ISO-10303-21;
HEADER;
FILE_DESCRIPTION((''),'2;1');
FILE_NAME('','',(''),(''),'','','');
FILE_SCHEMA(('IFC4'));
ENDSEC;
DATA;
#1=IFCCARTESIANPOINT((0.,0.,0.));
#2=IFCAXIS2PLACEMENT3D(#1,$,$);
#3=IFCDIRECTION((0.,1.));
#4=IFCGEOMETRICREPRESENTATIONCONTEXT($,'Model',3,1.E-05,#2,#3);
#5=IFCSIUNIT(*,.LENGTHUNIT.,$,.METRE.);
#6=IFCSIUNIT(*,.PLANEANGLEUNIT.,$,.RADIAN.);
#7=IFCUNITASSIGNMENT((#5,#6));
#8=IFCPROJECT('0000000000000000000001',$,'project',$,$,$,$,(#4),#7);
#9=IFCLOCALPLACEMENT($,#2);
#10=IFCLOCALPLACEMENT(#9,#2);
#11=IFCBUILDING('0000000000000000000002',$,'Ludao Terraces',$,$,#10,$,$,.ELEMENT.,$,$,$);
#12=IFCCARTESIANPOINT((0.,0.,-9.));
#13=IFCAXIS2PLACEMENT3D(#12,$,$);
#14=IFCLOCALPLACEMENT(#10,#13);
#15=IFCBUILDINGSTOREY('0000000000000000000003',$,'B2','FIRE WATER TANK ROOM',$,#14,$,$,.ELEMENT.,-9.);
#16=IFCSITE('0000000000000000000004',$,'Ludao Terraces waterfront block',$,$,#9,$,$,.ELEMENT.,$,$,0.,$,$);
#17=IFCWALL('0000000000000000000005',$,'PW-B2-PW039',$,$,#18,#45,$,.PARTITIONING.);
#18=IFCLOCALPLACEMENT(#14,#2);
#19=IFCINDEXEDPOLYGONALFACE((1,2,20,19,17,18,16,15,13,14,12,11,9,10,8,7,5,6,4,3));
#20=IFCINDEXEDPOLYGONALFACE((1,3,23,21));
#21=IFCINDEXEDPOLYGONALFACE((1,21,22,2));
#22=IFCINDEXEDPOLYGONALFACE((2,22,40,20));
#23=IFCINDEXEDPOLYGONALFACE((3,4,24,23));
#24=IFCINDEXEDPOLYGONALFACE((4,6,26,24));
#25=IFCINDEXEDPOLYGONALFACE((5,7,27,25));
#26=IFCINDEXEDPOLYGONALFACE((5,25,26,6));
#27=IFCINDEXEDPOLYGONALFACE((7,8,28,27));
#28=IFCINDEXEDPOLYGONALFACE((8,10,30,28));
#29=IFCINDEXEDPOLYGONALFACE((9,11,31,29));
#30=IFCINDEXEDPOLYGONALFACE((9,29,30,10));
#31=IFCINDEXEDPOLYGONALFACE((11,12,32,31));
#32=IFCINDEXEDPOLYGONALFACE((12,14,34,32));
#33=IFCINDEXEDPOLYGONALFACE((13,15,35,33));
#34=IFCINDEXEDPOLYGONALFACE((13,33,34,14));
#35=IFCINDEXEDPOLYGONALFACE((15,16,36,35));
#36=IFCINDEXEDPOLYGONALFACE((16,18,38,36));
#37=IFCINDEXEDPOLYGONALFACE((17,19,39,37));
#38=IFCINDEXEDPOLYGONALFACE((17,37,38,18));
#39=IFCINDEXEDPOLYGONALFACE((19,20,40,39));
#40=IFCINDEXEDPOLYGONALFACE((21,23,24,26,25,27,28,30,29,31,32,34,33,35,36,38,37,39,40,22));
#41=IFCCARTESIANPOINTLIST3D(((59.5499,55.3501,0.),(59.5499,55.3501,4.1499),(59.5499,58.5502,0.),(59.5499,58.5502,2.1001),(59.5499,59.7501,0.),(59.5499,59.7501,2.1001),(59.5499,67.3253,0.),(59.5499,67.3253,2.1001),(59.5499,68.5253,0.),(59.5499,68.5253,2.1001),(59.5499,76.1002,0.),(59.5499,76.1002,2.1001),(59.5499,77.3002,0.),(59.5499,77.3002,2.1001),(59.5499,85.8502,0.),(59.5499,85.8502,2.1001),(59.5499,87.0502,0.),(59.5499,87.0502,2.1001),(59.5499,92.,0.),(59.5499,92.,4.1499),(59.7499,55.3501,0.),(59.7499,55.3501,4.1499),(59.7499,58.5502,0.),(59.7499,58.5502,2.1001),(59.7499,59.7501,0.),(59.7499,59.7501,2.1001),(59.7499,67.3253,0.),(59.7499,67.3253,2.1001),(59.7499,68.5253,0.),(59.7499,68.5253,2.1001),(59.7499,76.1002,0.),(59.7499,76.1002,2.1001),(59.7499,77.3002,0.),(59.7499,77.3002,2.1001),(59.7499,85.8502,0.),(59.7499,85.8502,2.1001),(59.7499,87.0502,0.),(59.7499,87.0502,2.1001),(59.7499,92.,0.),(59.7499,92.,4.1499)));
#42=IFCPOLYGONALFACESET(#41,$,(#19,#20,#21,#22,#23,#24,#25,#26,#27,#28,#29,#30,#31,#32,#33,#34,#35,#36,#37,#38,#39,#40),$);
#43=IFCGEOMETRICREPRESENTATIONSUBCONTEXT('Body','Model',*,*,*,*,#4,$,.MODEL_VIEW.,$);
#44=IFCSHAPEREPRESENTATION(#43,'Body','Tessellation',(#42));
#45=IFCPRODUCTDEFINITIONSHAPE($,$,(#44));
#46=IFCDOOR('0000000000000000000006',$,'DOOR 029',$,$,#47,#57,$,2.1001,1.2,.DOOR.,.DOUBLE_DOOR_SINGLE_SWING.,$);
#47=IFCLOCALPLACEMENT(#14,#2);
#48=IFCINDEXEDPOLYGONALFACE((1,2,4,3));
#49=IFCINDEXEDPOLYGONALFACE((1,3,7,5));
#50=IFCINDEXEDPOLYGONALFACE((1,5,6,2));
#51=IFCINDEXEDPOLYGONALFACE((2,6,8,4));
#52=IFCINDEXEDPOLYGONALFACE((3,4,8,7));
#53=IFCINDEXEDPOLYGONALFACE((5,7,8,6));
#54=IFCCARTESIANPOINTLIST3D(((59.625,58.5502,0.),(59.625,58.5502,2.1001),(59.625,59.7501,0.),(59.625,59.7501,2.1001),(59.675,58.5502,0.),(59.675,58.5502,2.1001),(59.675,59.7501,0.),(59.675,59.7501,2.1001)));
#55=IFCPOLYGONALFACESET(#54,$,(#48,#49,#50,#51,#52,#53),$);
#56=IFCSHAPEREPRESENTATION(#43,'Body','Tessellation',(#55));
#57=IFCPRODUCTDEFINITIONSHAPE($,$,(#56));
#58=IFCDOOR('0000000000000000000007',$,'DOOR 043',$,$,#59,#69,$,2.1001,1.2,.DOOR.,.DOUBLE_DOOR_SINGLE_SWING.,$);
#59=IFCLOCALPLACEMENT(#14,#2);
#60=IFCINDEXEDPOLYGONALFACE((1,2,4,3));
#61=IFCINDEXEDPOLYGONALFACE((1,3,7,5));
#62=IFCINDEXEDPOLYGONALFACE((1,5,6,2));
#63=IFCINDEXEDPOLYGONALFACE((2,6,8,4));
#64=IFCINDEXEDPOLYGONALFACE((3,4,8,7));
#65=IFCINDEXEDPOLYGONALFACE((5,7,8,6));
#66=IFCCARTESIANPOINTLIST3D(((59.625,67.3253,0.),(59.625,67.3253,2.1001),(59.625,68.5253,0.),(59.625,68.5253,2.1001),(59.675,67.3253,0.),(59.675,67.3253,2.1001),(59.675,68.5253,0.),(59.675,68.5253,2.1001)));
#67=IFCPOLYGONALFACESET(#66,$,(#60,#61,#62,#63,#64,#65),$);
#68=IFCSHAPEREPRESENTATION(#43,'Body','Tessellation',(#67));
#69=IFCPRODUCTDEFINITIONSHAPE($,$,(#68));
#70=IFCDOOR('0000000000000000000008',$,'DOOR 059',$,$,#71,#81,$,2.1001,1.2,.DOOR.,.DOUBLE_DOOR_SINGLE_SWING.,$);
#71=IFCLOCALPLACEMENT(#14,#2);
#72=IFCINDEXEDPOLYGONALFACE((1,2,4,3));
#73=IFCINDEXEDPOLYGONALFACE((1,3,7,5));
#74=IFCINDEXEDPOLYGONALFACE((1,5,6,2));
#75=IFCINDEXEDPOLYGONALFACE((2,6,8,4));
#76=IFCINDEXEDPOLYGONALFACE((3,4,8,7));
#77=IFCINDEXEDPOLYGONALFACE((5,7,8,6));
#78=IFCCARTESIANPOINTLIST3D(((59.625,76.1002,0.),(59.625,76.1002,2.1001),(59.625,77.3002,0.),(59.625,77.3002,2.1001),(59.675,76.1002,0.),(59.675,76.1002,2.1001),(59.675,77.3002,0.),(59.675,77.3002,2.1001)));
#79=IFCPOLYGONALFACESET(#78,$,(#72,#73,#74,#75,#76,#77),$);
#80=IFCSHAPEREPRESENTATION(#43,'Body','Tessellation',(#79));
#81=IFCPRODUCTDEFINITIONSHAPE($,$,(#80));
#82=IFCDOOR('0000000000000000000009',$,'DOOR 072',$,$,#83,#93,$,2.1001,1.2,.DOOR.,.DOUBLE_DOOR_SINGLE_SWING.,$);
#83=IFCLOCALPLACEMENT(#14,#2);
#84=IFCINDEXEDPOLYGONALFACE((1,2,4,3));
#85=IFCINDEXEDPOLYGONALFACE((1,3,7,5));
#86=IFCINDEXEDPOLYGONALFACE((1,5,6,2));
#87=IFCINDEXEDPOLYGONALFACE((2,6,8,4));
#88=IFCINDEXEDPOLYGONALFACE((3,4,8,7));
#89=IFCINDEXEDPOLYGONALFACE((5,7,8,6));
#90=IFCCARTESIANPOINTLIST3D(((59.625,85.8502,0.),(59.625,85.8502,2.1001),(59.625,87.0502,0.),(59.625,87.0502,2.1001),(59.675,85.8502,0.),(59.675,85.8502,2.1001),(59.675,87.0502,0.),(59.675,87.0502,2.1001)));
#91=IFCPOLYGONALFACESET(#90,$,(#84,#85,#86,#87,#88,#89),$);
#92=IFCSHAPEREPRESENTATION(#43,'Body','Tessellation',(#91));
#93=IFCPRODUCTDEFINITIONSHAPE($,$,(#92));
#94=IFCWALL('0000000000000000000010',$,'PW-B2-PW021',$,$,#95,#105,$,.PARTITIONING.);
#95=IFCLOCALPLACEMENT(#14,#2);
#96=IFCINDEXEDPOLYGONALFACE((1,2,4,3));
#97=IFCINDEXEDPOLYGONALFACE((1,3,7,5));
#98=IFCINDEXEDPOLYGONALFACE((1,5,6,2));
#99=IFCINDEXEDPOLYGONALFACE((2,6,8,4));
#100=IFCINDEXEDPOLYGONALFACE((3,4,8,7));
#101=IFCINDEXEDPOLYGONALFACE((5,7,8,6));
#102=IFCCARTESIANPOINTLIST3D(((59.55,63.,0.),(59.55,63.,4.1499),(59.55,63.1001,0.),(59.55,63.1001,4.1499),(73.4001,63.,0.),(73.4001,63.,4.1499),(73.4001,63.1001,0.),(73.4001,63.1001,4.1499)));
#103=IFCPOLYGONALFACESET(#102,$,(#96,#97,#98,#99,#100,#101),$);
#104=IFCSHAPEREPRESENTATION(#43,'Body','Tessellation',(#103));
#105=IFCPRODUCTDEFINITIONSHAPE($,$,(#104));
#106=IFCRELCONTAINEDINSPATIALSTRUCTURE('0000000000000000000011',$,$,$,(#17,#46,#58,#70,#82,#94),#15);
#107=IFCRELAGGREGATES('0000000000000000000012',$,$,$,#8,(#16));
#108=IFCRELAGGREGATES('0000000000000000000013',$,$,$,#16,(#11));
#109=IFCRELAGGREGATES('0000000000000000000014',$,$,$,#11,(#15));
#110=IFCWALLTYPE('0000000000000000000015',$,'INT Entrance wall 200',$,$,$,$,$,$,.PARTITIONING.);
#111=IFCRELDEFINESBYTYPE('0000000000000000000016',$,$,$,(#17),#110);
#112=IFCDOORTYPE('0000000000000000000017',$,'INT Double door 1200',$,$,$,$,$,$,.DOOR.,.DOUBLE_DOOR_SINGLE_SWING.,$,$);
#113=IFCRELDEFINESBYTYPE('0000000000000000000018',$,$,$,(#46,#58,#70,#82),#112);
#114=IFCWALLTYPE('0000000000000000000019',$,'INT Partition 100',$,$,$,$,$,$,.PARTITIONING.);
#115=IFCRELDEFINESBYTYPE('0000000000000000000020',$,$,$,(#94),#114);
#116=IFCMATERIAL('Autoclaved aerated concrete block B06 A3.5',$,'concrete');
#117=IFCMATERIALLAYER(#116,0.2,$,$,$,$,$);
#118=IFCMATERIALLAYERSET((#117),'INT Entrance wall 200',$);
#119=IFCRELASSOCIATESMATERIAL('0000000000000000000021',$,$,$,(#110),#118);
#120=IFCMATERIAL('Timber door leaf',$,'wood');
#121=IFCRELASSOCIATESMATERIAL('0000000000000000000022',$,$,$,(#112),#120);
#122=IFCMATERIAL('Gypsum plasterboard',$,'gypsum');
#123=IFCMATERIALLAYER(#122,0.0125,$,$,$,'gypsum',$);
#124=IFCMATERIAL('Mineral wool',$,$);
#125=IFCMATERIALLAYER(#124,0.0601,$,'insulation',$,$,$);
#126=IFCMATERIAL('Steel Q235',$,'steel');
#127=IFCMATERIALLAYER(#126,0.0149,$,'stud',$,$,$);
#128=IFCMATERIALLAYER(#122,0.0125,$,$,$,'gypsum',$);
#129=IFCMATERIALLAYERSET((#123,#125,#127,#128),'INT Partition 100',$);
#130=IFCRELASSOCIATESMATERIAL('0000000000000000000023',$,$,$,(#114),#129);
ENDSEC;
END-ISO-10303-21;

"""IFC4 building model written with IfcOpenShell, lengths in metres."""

from ifc_helpers import new_model, si_unit, direction, frame, frame_2d, origin, place, context, subcontext, project, spatial, rectangle, extrude, material, layer, layer_set, type_object, element, fill, save


model = new_model("IFC4")

# Units and contexts
model_context = context("Model", 3, precision=1e-05, world=origin(), true_north=direction((0.0, 1.0)))
body_context = subcontext(model_context, "Body", "Model", "MODEL_VIEW")
ifc_project = project(units=[si_unit("LENGTHUNIT", "METRE"), si_unit("PLANEANGLEUNIT", "RADIAN")], contexts=[model_context])

# Site, building, storey
site_placement = place(None, origin())
site = spatial("IfcSite", under=ifc_project, at=site_placement, Name="Ludao Terraces waterfront block", CompositionType="ELEMENT", RefElevation=0.0)
building_placement = place(site_placement, origin())
building = spatial("IfcBuilding", under=site, at=building_placement, Name="Ludao Terraces", CompositionType="ELEMENT")
storey_placement = place(building_placement, frame((0.0, 0.0, -9.0)))
storey = spatial("IfcBuildingStorey", under=building, at=storey_placement, Name="B2", Description="FIRE WATER TANK ROOM", CompositionType="ELEMENT", Elevation=-9.0)

# Shared definitions
ifc_material_1 = material(Name="Autoclaved aerated concrete block B06 A3.5", Category="concrete")
ifc_layer_1 = layer(ifc_material_1, 0.2)
ifc_layer_set_1 = layer_set([ifc_layer_1], Name="INT Entrance wall 200")
wall_type_1 = type_object("IfcWallType", Name="INT Entrance wall 200", PredefinedType="PARTITIONING", material=ifc_layer_set_1)

# Wall, openings, doors
wall_1_placement = place(storey_placement, frame((59.6499, 55.3501, 0.0), z_axis=(0.0, 0.0, 1.0), x_axis=(0.0, 1.0, 0.0)))
wall_1 = element("IfcWall", 1, at=wall_1_placement, inside=storey, type_object=wall_type_1, Name="PW-B2-PW039", PredefinedType="PARTITIONING", context=body_context, shape_type="SweptSolid", body=[
    extrude(rectangle(XDim=36.6499, YDim=0.2, at=frame_2d((18.325, 0.0))), origin(), (0.0, 0.0, 1.0), 4.1499),
])
opening_1_placement = place(wall_1_placement, frame((3.2, 0.0, 0.0)))
opening_1 = element("IfcOpeningElement", 2, at=opening_1_placement, cuts=wall_1, PredefinedType="OPENING", context=body_context, shape_type="SweptSolid", body=[
    extrude(rectangle(XDim=1.2, YDim=2.1001, at=frame_2d((0.6001, 1.05))), frame((0.0, 0.1099, 0.0), z_axis=(0.0, -1.0, 0.0), x_axis=(1.0, 0.0, 0.0)), (0.0, 0.0, 1.0), 0.22),
])
opening_2_placement = place(wall_1_placement, frame((11.9751, 0.0, 0.0)))
opening_2 = element("IfcOpeningElement", 3, at=opening_2_placement, cuts=wall_1, PredefinedType="OPENING", context=body_context, shape_type="SweptSolid", body=[
    extrude(rectangle(XDim=1.2, YDim=2.1001, at=frame_2d((0.6001, 1.05))), frame((0.0, 0.1099, 0.0), z_axis=(0.0, -1.0, 0.0), x_axis=(1.0, 0.0, 0.0)), (0.0, 0.0, 1.0), 0.22),
])
opening_3_placement = place(wall_1_placement, frame((20.75, 0.0, 0.0)))
opening_3 = element("IfcOpeningElement", 4, at=opening_3_placement, cuts=wall_1, PredefinedType="OPENING", context=body_context, shape_type="SweptSolid", body=[
    extrude(rectangle(XDim=1.2, YDim=2.1001, at=frame_2d((0.6001, 1.05))), frame((0.0, 0.1099, 0.0), z_axis=(0.0, -1.0, 0.0), x_axis=(1.0, 0.0, 0.0)), (0.0, 0.0, 1.0), 0.22),
])
opening_4_placement = place(wall_1_placement, frame((30.5, 0.0, 0.0)))
opening_4 = element("IfcOpeningElement", 5, at=opening_4_placement, cuts=wall_1, PredefinedType="OPENING", context=body_context, shape_type="SweptSolid", body=[
    extrude(rectangle(XDim=1.2, YDim=2.1001, at=frame_2d((0.6001, 1.05))), frame((0.0, 0.1099, 0.0), z_axis=(0.0, -1.0, 0.0), x_axis=(1.0, 0.0, 0.0)), (0.0, 0.0, 1.0), 0.22),
])
ifc_material_2 = material(Name="Timber door leaf", Category="wood")
door_type = type_object("IfcDoorType", Name="INT Double door 1200", OperationType="DOUBLE_DOOR_SINGLE_SWING", PredefinedType="DOOR", material=ifc_material_2)
door_1_placement = place(opening_1_placement, origin())
door_1 = element("IfcDoor", 6, at=door_1_placement, inside=storey, type_object=door_type, Name="DOOR 029", OperationType="DOUBLE_DOOR_SINGLE_SWING", OverallHeight=2.1001, OverallWidth=1.2, PredefinedType="DOOR", context=body_context, shape_type="SweptSolid", body=[
    extrude(rectangle(XDim=1.2, YDim=2.1001, at=frame_2d((0.6001, 1.05))), frame((0.0, 0.0249, 0.0), z_axis=(0.0, -1.0, 0.0), x_axis=(1.0, 0.0, 0.0)), (0.0, 0.0, 1.0), 0.05),
])
fill(opening_1, door_1)
door_2_placement = place(opening_2_placement, origin())
door_2 = element("IfcDoor", 7, at=door_2_placement, inside=storey, type_object=door_type, Name="DOOR 043", OperationType="DOUBLE_DOOR_SINGLE_SWING", OverallHeight=2.1001, OverallWidth=1.2, PredefinedType="DOOR", context=body_context, shape_type="SweptSolid", body=[
    extrude(rectangle(XDim=1.2, YDim=2.1001, at=frame_2d((0.6001, 1.05))), frame((0.0, 0.0249, 0.0), z_axis=(0.0, -1.0, 0.0), x_axis=(1.0, 0.0, 0.0)), (0.0, 0.0, 1.0), 0.05),
])
fill(opening_2, door_2)
door_3_placement = place(opening_3_placement, origin())
door_3 = element("IfcDoor", 8, at=door_3_placement, inside=storey, type_object=door_type, Name="DOOR 059", OperationType="DOUBLE_DOOR_SINGLE_SWING", OverallHeight=2.1001, OverallWidth=1.2, PredefinedType="DOOR", context=body_context, shape_type="SweptSolid", body=[
    extrude(rectangle(XDim=1.2, YDim=2.1001, at=frame_2d((0.6001, 1.05))), frame((0.0, 0.0249, 0.0), z_axis=(0.0, -1.0, 0.0), x_axis=(1.0, 0.0, 0.0)), (0.0, 0.0, 1.0), 0.05),
])
fill(opening_3, door_3)
door_4_placement = place(opening_4_placement, origin())
door_4 = element("IfcDoor", 9, at=door_4_placement, inside=storey, type_object=door_type, Name="DOOR 072", OperationType="DOUBLE_DOOR_SINGLE_SWING", OverallHeight=2.1001, OverallWidth=1.2, PredefinedType="DOOR", context=body_context, shape_type="SweptSolid", body=[
    extrude(rectangle(XDim=1.2, YDim=2.1001, at=frame_2d((0.6001, 1.05))), frame((0.0, 0.0249, 0.0), z_axis=(0.0, -1.0, 0.0), x_axis=(1.0, 0.0, 0.0)), (0.0, 0.0, 1.0), 0.05),
])
fill(opening_4, door_4)

# Wall
ifc_material_3 = material(Name="Gypsum plasterboard", Category="gypsum")
ifc_layer_2 = layer(ifc_material_3, 0.0125, Category="gypsum")
ifc_material_4 = material(Name="Mineral wool")
ifc_layer_3 = layer(ifc_material_4, 0.0601, Name="insulation")
ifc_material_5 = material(Name="Steel Q235", Category="steel")
ifc_layer_4 = layer(ifc_material_5, 0.0149, Name="stud")
ifc_layer_5 = layer(ifc_material_3, 0.0125, Category="gypsum")
ifc_layer_set_2 = layer_set([ifc_layer_2, ifc_layer_3, ifc_layer_4, ifc_layer_5], Name="INT Partition 100")
wall_type_2 = type_object("IfcWallType", Name="INT Partition 100", PredefinedType="PARTITIONING", material=ifc_layer_set_2)
wall_2_placement = place(storey_placement, frame((59.55, 63.05, 0.0), z_axis=(0.0, 0.0, 1.0), x_axis=(1.0, 0.0, 0.0)))
element("IfcWall", 10, at=wall_2_placement, inside=storey, type_object=wall_type_2, Name="PW-B2-PW021", PredefinedType="PARTITIONING", context=body_context, shape_type="SweptSolid", body=[
    extrude(rectangle(XDim=13.8501, YDim=0.1001, at=frame_2d((6.925, 0.0))), origin(), (0.0, 0.0, 1.0), 4.1499),
])

save(model, "model.ifc")
